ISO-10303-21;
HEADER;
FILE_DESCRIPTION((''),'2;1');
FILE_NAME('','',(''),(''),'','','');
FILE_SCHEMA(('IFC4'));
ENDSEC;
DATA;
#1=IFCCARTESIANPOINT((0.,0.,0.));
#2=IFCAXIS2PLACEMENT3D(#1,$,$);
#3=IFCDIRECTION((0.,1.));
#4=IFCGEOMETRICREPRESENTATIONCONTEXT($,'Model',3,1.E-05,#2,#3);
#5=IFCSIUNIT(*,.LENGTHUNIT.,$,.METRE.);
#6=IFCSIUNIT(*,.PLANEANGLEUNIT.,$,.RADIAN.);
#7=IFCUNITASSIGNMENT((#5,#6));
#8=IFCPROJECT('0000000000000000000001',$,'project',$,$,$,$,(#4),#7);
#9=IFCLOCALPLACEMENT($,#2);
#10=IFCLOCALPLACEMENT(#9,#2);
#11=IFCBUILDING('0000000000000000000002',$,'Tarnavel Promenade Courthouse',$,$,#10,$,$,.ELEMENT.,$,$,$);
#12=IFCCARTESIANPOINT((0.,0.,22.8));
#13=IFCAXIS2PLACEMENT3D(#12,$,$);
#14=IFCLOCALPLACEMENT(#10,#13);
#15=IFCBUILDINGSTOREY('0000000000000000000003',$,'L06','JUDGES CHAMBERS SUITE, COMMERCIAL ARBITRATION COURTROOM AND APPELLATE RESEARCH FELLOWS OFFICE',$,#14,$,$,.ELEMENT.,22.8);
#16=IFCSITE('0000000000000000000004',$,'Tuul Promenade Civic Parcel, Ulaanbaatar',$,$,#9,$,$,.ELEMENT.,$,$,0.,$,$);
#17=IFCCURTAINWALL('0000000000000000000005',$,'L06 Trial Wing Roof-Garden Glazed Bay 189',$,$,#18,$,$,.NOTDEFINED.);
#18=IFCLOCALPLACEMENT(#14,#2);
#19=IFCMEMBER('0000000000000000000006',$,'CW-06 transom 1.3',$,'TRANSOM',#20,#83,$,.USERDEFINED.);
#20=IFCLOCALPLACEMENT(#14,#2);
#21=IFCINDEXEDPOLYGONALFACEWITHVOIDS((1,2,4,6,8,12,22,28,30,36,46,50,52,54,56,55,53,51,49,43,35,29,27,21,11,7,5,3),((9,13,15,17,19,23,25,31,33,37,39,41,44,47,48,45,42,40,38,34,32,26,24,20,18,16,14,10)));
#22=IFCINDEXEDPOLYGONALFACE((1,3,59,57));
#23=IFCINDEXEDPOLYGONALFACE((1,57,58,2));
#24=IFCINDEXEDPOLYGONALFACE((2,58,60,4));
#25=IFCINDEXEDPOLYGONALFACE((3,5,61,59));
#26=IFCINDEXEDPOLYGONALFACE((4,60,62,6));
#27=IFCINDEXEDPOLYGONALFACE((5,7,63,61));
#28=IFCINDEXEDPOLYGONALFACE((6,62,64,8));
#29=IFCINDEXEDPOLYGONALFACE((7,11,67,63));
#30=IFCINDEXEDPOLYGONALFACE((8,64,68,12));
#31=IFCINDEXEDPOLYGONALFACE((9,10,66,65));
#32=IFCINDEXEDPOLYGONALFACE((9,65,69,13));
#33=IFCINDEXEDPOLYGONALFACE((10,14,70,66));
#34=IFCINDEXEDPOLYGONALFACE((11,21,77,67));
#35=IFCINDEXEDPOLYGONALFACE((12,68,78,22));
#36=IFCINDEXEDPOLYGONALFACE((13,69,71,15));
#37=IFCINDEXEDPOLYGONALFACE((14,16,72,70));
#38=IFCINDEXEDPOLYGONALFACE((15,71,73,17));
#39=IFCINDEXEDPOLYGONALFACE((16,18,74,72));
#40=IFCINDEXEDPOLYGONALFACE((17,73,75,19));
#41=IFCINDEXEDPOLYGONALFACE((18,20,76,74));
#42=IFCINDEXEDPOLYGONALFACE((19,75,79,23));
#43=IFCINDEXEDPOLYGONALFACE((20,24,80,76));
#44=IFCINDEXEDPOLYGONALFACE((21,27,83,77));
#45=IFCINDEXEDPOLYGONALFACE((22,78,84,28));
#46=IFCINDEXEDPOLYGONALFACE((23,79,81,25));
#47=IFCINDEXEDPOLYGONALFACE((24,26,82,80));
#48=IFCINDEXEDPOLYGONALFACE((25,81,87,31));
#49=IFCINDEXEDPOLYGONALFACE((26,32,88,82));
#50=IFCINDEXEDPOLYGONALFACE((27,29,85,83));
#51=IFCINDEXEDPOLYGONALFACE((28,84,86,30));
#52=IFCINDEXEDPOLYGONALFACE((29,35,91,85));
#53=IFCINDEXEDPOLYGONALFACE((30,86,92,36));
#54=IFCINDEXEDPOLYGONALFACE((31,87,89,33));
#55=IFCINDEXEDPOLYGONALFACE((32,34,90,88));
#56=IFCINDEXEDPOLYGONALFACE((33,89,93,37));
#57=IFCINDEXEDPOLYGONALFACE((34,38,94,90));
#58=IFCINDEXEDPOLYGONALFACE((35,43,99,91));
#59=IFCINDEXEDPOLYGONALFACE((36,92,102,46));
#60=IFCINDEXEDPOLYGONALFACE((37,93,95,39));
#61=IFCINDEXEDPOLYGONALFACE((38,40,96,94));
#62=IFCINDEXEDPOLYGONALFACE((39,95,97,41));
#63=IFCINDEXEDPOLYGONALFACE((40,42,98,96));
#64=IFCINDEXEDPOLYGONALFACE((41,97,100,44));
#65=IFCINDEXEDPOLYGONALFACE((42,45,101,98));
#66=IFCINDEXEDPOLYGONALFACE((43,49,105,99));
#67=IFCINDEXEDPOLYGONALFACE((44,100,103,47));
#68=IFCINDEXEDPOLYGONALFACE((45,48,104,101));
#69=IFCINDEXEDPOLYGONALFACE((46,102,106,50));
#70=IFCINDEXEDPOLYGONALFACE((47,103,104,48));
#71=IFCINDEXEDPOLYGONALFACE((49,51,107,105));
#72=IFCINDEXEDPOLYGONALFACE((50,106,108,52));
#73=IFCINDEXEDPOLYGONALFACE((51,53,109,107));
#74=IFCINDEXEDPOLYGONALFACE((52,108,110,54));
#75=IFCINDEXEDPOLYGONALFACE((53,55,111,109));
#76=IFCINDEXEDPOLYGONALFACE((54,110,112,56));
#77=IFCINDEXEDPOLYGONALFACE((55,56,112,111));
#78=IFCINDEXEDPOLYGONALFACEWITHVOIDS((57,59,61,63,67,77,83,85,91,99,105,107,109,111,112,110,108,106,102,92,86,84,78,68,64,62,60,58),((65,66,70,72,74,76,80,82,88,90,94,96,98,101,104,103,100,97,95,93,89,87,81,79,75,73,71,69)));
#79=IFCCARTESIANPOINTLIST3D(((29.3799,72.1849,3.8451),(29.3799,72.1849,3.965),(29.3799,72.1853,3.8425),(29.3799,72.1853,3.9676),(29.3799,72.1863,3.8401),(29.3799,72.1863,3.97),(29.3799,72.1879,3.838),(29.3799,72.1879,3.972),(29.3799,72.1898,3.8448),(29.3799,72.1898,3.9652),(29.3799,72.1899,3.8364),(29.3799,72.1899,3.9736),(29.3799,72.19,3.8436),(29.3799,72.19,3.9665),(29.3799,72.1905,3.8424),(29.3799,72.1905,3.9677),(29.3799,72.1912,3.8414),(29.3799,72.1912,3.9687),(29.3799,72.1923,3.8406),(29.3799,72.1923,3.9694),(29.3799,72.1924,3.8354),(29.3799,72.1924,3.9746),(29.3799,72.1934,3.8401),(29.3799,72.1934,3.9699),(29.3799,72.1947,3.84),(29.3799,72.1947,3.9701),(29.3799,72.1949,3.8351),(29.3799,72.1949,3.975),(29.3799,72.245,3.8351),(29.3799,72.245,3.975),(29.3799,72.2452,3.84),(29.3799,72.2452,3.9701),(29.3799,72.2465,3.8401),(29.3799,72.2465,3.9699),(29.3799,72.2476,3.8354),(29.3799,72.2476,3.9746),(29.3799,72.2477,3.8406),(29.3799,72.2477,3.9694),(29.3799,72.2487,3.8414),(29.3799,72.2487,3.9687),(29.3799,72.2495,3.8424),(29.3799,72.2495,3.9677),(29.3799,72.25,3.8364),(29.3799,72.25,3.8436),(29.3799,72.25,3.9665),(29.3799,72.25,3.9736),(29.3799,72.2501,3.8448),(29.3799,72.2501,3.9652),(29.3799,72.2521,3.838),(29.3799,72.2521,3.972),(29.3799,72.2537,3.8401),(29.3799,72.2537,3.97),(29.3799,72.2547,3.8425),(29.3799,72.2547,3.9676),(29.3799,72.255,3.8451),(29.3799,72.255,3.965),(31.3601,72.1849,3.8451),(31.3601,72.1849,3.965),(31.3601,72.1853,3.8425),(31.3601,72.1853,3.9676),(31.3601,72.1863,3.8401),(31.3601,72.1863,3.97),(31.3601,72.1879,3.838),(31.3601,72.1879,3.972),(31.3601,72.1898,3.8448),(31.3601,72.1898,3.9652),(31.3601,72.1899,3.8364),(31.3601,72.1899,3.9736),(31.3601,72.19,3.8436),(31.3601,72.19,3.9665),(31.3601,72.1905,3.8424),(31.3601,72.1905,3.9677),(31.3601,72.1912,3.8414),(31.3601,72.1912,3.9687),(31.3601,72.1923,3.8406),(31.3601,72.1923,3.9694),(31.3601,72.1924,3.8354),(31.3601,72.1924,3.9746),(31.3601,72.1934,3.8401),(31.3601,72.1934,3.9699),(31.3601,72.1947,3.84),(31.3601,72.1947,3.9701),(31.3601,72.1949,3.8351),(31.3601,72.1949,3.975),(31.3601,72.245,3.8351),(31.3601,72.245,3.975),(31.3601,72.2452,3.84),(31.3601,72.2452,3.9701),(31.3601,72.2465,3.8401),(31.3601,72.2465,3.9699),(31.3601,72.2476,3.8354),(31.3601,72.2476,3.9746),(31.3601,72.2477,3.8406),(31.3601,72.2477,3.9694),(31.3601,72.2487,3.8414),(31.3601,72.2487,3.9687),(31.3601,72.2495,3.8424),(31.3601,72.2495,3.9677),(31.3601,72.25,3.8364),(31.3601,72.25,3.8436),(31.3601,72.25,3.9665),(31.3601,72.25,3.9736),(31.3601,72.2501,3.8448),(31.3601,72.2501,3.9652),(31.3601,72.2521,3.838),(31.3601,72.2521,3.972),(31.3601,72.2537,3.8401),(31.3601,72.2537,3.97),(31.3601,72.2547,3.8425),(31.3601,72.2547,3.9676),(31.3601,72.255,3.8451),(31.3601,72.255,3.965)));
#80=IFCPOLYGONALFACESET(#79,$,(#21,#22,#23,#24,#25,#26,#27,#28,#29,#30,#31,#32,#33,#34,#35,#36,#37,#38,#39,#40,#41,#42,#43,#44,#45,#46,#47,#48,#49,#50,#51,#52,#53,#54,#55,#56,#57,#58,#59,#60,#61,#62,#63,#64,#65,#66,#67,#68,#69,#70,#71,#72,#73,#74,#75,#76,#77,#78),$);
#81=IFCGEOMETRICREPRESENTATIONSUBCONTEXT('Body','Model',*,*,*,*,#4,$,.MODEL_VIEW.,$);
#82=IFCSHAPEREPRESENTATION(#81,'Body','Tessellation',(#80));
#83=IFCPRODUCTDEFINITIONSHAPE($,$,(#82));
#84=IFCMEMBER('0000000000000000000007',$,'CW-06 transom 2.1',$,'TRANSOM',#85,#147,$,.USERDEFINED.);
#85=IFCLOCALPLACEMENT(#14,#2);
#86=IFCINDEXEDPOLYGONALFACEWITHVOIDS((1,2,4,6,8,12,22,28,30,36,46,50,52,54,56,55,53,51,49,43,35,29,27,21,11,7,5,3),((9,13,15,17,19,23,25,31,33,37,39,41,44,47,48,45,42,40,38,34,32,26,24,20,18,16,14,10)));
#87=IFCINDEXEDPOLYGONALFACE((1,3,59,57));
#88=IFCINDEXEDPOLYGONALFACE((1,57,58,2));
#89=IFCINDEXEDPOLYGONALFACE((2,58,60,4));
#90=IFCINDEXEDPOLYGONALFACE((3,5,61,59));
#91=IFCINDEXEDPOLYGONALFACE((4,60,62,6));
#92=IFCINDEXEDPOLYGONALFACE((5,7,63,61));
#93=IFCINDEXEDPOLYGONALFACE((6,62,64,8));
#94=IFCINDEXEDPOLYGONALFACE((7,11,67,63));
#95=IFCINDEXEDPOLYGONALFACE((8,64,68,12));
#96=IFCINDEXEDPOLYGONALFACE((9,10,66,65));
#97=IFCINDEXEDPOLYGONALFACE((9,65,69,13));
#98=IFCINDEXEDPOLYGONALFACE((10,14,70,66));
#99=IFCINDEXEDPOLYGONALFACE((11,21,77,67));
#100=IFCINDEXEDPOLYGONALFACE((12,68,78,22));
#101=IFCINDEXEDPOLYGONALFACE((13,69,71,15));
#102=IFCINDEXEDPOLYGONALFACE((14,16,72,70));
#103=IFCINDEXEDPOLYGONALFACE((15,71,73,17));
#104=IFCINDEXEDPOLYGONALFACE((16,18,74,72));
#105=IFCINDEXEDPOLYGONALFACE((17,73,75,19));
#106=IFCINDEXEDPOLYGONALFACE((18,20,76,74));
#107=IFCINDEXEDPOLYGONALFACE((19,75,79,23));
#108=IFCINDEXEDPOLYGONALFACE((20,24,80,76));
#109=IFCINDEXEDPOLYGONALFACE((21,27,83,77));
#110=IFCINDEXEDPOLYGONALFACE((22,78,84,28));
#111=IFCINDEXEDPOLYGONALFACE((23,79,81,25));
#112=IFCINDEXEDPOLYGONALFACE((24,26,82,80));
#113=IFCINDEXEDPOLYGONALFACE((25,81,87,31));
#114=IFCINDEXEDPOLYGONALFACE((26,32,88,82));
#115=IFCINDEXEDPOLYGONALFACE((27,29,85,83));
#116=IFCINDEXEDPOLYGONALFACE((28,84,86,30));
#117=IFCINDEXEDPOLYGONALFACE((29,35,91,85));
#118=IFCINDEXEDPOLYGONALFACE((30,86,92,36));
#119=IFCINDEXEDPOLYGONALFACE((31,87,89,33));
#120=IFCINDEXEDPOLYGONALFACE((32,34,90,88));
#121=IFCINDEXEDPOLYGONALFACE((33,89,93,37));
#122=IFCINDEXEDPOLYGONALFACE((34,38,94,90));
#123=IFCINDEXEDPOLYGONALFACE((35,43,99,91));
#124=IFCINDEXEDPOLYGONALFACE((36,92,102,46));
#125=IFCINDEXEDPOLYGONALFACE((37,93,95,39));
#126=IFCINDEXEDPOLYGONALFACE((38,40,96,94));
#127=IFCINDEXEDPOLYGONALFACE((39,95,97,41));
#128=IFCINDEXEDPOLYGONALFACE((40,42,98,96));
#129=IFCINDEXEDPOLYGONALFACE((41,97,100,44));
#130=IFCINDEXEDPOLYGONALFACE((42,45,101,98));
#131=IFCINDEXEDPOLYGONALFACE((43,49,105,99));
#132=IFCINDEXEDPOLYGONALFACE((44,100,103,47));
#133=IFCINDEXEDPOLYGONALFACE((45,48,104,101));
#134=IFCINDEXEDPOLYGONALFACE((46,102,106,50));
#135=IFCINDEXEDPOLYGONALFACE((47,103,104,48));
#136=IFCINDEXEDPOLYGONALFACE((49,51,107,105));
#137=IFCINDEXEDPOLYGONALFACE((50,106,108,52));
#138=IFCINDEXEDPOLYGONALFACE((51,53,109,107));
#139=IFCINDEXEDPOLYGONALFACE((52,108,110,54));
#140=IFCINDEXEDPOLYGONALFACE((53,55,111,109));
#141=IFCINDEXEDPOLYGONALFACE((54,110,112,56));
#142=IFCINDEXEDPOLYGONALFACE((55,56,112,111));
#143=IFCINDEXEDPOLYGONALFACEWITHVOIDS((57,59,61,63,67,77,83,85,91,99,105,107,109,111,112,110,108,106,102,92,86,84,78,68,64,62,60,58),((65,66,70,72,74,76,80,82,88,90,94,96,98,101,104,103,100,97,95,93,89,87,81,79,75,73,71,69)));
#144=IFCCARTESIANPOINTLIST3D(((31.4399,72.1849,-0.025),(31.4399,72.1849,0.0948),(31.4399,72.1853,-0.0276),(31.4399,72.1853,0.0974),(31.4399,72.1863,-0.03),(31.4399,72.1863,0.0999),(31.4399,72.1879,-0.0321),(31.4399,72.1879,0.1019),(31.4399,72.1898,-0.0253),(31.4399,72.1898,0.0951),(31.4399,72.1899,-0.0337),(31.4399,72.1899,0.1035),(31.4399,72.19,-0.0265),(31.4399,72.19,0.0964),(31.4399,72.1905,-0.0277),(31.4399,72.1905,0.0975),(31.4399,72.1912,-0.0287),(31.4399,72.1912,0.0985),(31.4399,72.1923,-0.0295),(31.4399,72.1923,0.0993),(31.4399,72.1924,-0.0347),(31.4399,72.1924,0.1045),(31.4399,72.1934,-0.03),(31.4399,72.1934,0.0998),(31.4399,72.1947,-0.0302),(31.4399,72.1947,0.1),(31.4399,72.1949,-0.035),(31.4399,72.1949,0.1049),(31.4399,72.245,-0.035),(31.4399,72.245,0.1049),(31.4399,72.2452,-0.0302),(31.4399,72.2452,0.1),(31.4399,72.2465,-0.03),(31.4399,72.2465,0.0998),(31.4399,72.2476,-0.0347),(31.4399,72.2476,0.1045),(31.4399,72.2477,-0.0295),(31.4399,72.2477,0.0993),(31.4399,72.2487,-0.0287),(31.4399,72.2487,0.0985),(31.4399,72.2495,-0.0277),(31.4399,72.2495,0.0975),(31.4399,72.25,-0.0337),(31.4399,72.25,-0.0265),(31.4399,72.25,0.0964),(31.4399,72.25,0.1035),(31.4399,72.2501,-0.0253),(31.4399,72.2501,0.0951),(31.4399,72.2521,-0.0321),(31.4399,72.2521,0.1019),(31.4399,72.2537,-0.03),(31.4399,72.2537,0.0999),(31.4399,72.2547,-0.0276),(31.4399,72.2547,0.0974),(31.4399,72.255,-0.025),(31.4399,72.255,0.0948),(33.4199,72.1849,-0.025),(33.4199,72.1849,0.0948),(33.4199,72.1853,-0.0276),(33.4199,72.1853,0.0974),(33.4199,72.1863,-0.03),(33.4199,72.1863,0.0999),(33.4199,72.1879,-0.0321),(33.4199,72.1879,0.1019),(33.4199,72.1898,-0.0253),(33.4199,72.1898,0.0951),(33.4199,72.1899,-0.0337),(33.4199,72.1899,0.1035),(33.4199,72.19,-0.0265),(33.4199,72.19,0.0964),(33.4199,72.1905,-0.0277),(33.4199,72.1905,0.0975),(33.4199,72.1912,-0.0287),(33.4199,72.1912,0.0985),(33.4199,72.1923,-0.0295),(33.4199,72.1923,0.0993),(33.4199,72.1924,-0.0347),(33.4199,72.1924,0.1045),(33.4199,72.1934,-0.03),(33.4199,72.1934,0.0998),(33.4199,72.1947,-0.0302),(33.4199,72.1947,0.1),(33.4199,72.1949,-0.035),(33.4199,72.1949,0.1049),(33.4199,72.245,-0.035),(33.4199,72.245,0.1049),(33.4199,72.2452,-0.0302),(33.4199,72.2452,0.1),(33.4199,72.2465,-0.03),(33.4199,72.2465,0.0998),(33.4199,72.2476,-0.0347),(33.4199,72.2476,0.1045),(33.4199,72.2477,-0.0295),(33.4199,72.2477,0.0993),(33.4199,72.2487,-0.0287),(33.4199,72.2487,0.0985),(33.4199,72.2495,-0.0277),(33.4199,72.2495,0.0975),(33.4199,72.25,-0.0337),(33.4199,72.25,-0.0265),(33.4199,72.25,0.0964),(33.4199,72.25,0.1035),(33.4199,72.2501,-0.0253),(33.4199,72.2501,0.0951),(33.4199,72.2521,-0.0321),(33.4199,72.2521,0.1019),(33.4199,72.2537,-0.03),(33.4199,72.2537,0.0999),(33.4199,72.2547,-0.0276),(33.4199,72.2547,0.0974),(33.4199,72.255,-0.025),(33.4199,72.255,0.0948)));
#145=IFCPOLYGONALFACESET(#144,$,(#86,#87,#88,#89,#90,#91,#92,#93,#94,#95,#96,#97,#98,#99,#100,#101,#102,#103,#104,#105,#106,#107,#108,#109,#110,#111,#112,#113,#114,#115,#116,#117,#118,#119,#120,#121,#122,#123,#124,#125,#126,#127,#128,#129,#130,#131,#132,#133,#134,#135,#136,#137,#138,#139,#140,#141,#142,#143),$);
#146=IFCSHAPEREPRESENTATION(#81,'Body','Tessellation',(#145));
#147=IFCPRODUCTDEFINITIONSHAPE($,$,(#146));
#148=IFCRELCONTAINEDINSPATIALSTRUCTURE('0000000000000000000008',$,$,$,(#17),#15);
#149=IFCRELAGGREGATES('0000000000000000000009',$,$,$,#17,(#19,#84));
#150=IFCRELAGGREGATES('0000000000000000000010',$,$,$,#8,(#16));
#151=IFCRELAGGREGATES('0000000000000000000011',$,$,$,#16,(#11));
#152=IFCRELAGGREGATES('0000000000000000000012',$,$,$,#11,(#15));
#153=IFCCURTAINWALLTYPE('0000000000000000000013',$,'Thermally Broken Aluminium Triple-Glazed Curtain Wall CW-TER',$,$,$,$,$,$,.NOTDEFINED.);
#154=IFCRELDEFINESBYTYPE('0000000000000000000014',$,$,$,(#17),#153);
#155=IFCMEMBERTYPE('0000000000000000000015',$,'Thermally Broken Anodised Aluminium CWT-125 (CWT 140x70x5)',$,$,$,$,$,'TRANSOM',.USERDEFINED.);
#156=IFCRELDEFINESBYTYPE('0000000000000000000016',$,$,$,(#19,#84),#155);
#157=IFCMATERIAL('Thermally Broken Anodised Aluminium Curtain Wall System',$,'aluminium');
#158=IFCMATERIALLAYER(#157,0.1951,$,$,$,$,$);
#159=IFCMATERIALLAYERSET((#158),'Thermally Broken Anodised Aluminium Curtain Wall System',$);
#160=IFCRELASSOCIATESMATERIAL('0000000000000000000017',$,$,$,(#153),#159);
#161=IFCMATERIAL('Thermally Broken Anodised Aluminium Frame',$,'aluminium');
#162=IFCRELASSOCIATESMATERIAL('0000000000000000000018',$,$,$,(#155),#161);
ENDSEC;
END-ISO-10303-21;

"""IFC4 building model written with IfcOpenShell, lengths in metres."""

from ifc_helpers import new_model, si_unit, direction, frame, origin, origin_2d, place, context, subcontext, project, spatial, hollow_rectangle, extrude, material, layer, layer_set, material_profile, profile_set, type_object, element, aggregate, save


model = new_model("IFC4")

# Units and contexts
model_context = context("Model", 3, precision=1e-05, world=origin(), true_north=direction((0.0, 1.0)))
body_context = subcontext(model_context, "Body", "Model", "MODEL_VIEW")
ifc_project = project(units=[si_unit("LENGTHUNIT", "METRE"), si_unit("PLANEANGLEUNIT", "RADIAN")], contexts=[model_context])

# Site, building, storey
site_placement = place(None, origin())
site = spatial("IfcSite", under=ifc_project, at=site_placement, Name="Tuul Promenade Civic Parcel, Ulaanbaatar", CompositionType="ELEMENT", RefElevation=0.0)
building_placement = place(site_placement, origin())
building = spatial("IfcBuilding", under=site, at=building_placement, Name="Tarnavel Promenade Courthouse", CompositionType="ELEMENT")
storey_placement = place(building_placement, frame((0.0, 0.0, 22.8)))
storey = spatial("IfcBuildingStorey", under=building, at=storey_placement, Name="L06", Description="JUDGES CHAMBERS SUITE, COMMERCIAL ARBITRATION COURTROOM AND APPELLATE RESEARCH FELLOWS OFFICE", CompositionType="ELEMENT", Elevation=22.8)

# Curtain wall
ifc_material_1 = material(Name="Thermally Broken Anodised Aluminium Curtain Wall System", Category="aluminium")
ifc_layer_1 = layer(ifc_material_1, 0.1951)
ifc_layer_set_1 = layer_set([ifc_layer_1], Name="Thermally Broken Anodised Aluminium Curtain Wall System")
curtain_wall_type = type_object("IfcCurtainWallType", Name="Thermally Broken Aluminium Triple-Glazed Curtain Wall CW-TER", PredefinedType="NOTDEFINED", material=ifc_layer_set_1)
curtain_wall_1_placement = place(storey_placement, origin())
curtain_wall_1 = element("IfcCurtainWall", 1, at=curtain_wall_1_placement, inside=storey, type_object=curtain_wall_type, Name="L06 Trial Wing Roof-Garden Glazed Bay 189", PredefinedType="NOTDEFINED")
ifc_material_2 = material(Name="Thermally Broken Anodised Aluminium Frame", Category="aluminium")

# Members
ifc_material_profile_1 = material_profile(ifc_material_2, hollow_rectangle(XDim=0.0701, YDim=0.1399, WallThickness=0.0049, InnerFilletRadius=0.0049, OuterFilletRadius=0.01, at=origin_2d()), Name="CWT 140x70x5")
ifc_profile_set_1 = profile_set([ifc_material_profile_1], Name="Thermally Broken Anodised Aluminium Frame")
member_type_1 = type_object("IfcMemberType", Name="Thermally Broken Anodised Aluminium CWT-125 (CWT 140x70x5)", ElementType="TRANSOM", PredefinedType="USERDEFINED", material=ifc_profile_set_1)
member_1_placement = place(storey_placement, frame((29.3799, 72.22, 3.905), z_axis=(1.0, 0.0, 0.0), x_axis=(0.0, 1.0, 0.0)))
member_1 = element("IfcMember", 2, at=member_1_placement, type_object=member_type_1, Name="CW-06 transom 1.3", ObjectType="TRANSOM", PredefinedType="USERDEFINED", context=body_context, shape_type="SweptSolid", body=[
    extrude(hollow_rectangle(XDim=0.0701, YDim=0.1399, WallThickness=0.0049, InnerFilletRadius=0.0049, OuterFilletRadius=0.01, at=origin_2d()), origin(), (0.0, 0.0, 1.0), 1.9802),
])
member_2_placement = place(storey_placement, frame((31.4399, 72.22, 0.0349), z_axis=(1.0, 0.0, 0.0), x_axis=(0.0, 1.0, 0.0)))
member_2 = element("IfcMember", 3, at=member_2_placement, type_object=member_type_1, Name="CW-06 transom 2.1", ObjectType="TRANSOM", PredefinedType="USERDEFINED", context=body_context, shape_type="SweptSolid", body=[
    extrude(hollow_rectangle(XDim=0.0701, YDim=0.1399, WallThickness=0.0049, InnerFilletRadius=0.0049, OuterFilletRadius=0.01, at=origin_2d()), origin(), (0.0, 0.0, 1.0), 1.98),
])

aggregate(curtain_wall_1, [member_1, member_2])

save(model, "model.ifc")
